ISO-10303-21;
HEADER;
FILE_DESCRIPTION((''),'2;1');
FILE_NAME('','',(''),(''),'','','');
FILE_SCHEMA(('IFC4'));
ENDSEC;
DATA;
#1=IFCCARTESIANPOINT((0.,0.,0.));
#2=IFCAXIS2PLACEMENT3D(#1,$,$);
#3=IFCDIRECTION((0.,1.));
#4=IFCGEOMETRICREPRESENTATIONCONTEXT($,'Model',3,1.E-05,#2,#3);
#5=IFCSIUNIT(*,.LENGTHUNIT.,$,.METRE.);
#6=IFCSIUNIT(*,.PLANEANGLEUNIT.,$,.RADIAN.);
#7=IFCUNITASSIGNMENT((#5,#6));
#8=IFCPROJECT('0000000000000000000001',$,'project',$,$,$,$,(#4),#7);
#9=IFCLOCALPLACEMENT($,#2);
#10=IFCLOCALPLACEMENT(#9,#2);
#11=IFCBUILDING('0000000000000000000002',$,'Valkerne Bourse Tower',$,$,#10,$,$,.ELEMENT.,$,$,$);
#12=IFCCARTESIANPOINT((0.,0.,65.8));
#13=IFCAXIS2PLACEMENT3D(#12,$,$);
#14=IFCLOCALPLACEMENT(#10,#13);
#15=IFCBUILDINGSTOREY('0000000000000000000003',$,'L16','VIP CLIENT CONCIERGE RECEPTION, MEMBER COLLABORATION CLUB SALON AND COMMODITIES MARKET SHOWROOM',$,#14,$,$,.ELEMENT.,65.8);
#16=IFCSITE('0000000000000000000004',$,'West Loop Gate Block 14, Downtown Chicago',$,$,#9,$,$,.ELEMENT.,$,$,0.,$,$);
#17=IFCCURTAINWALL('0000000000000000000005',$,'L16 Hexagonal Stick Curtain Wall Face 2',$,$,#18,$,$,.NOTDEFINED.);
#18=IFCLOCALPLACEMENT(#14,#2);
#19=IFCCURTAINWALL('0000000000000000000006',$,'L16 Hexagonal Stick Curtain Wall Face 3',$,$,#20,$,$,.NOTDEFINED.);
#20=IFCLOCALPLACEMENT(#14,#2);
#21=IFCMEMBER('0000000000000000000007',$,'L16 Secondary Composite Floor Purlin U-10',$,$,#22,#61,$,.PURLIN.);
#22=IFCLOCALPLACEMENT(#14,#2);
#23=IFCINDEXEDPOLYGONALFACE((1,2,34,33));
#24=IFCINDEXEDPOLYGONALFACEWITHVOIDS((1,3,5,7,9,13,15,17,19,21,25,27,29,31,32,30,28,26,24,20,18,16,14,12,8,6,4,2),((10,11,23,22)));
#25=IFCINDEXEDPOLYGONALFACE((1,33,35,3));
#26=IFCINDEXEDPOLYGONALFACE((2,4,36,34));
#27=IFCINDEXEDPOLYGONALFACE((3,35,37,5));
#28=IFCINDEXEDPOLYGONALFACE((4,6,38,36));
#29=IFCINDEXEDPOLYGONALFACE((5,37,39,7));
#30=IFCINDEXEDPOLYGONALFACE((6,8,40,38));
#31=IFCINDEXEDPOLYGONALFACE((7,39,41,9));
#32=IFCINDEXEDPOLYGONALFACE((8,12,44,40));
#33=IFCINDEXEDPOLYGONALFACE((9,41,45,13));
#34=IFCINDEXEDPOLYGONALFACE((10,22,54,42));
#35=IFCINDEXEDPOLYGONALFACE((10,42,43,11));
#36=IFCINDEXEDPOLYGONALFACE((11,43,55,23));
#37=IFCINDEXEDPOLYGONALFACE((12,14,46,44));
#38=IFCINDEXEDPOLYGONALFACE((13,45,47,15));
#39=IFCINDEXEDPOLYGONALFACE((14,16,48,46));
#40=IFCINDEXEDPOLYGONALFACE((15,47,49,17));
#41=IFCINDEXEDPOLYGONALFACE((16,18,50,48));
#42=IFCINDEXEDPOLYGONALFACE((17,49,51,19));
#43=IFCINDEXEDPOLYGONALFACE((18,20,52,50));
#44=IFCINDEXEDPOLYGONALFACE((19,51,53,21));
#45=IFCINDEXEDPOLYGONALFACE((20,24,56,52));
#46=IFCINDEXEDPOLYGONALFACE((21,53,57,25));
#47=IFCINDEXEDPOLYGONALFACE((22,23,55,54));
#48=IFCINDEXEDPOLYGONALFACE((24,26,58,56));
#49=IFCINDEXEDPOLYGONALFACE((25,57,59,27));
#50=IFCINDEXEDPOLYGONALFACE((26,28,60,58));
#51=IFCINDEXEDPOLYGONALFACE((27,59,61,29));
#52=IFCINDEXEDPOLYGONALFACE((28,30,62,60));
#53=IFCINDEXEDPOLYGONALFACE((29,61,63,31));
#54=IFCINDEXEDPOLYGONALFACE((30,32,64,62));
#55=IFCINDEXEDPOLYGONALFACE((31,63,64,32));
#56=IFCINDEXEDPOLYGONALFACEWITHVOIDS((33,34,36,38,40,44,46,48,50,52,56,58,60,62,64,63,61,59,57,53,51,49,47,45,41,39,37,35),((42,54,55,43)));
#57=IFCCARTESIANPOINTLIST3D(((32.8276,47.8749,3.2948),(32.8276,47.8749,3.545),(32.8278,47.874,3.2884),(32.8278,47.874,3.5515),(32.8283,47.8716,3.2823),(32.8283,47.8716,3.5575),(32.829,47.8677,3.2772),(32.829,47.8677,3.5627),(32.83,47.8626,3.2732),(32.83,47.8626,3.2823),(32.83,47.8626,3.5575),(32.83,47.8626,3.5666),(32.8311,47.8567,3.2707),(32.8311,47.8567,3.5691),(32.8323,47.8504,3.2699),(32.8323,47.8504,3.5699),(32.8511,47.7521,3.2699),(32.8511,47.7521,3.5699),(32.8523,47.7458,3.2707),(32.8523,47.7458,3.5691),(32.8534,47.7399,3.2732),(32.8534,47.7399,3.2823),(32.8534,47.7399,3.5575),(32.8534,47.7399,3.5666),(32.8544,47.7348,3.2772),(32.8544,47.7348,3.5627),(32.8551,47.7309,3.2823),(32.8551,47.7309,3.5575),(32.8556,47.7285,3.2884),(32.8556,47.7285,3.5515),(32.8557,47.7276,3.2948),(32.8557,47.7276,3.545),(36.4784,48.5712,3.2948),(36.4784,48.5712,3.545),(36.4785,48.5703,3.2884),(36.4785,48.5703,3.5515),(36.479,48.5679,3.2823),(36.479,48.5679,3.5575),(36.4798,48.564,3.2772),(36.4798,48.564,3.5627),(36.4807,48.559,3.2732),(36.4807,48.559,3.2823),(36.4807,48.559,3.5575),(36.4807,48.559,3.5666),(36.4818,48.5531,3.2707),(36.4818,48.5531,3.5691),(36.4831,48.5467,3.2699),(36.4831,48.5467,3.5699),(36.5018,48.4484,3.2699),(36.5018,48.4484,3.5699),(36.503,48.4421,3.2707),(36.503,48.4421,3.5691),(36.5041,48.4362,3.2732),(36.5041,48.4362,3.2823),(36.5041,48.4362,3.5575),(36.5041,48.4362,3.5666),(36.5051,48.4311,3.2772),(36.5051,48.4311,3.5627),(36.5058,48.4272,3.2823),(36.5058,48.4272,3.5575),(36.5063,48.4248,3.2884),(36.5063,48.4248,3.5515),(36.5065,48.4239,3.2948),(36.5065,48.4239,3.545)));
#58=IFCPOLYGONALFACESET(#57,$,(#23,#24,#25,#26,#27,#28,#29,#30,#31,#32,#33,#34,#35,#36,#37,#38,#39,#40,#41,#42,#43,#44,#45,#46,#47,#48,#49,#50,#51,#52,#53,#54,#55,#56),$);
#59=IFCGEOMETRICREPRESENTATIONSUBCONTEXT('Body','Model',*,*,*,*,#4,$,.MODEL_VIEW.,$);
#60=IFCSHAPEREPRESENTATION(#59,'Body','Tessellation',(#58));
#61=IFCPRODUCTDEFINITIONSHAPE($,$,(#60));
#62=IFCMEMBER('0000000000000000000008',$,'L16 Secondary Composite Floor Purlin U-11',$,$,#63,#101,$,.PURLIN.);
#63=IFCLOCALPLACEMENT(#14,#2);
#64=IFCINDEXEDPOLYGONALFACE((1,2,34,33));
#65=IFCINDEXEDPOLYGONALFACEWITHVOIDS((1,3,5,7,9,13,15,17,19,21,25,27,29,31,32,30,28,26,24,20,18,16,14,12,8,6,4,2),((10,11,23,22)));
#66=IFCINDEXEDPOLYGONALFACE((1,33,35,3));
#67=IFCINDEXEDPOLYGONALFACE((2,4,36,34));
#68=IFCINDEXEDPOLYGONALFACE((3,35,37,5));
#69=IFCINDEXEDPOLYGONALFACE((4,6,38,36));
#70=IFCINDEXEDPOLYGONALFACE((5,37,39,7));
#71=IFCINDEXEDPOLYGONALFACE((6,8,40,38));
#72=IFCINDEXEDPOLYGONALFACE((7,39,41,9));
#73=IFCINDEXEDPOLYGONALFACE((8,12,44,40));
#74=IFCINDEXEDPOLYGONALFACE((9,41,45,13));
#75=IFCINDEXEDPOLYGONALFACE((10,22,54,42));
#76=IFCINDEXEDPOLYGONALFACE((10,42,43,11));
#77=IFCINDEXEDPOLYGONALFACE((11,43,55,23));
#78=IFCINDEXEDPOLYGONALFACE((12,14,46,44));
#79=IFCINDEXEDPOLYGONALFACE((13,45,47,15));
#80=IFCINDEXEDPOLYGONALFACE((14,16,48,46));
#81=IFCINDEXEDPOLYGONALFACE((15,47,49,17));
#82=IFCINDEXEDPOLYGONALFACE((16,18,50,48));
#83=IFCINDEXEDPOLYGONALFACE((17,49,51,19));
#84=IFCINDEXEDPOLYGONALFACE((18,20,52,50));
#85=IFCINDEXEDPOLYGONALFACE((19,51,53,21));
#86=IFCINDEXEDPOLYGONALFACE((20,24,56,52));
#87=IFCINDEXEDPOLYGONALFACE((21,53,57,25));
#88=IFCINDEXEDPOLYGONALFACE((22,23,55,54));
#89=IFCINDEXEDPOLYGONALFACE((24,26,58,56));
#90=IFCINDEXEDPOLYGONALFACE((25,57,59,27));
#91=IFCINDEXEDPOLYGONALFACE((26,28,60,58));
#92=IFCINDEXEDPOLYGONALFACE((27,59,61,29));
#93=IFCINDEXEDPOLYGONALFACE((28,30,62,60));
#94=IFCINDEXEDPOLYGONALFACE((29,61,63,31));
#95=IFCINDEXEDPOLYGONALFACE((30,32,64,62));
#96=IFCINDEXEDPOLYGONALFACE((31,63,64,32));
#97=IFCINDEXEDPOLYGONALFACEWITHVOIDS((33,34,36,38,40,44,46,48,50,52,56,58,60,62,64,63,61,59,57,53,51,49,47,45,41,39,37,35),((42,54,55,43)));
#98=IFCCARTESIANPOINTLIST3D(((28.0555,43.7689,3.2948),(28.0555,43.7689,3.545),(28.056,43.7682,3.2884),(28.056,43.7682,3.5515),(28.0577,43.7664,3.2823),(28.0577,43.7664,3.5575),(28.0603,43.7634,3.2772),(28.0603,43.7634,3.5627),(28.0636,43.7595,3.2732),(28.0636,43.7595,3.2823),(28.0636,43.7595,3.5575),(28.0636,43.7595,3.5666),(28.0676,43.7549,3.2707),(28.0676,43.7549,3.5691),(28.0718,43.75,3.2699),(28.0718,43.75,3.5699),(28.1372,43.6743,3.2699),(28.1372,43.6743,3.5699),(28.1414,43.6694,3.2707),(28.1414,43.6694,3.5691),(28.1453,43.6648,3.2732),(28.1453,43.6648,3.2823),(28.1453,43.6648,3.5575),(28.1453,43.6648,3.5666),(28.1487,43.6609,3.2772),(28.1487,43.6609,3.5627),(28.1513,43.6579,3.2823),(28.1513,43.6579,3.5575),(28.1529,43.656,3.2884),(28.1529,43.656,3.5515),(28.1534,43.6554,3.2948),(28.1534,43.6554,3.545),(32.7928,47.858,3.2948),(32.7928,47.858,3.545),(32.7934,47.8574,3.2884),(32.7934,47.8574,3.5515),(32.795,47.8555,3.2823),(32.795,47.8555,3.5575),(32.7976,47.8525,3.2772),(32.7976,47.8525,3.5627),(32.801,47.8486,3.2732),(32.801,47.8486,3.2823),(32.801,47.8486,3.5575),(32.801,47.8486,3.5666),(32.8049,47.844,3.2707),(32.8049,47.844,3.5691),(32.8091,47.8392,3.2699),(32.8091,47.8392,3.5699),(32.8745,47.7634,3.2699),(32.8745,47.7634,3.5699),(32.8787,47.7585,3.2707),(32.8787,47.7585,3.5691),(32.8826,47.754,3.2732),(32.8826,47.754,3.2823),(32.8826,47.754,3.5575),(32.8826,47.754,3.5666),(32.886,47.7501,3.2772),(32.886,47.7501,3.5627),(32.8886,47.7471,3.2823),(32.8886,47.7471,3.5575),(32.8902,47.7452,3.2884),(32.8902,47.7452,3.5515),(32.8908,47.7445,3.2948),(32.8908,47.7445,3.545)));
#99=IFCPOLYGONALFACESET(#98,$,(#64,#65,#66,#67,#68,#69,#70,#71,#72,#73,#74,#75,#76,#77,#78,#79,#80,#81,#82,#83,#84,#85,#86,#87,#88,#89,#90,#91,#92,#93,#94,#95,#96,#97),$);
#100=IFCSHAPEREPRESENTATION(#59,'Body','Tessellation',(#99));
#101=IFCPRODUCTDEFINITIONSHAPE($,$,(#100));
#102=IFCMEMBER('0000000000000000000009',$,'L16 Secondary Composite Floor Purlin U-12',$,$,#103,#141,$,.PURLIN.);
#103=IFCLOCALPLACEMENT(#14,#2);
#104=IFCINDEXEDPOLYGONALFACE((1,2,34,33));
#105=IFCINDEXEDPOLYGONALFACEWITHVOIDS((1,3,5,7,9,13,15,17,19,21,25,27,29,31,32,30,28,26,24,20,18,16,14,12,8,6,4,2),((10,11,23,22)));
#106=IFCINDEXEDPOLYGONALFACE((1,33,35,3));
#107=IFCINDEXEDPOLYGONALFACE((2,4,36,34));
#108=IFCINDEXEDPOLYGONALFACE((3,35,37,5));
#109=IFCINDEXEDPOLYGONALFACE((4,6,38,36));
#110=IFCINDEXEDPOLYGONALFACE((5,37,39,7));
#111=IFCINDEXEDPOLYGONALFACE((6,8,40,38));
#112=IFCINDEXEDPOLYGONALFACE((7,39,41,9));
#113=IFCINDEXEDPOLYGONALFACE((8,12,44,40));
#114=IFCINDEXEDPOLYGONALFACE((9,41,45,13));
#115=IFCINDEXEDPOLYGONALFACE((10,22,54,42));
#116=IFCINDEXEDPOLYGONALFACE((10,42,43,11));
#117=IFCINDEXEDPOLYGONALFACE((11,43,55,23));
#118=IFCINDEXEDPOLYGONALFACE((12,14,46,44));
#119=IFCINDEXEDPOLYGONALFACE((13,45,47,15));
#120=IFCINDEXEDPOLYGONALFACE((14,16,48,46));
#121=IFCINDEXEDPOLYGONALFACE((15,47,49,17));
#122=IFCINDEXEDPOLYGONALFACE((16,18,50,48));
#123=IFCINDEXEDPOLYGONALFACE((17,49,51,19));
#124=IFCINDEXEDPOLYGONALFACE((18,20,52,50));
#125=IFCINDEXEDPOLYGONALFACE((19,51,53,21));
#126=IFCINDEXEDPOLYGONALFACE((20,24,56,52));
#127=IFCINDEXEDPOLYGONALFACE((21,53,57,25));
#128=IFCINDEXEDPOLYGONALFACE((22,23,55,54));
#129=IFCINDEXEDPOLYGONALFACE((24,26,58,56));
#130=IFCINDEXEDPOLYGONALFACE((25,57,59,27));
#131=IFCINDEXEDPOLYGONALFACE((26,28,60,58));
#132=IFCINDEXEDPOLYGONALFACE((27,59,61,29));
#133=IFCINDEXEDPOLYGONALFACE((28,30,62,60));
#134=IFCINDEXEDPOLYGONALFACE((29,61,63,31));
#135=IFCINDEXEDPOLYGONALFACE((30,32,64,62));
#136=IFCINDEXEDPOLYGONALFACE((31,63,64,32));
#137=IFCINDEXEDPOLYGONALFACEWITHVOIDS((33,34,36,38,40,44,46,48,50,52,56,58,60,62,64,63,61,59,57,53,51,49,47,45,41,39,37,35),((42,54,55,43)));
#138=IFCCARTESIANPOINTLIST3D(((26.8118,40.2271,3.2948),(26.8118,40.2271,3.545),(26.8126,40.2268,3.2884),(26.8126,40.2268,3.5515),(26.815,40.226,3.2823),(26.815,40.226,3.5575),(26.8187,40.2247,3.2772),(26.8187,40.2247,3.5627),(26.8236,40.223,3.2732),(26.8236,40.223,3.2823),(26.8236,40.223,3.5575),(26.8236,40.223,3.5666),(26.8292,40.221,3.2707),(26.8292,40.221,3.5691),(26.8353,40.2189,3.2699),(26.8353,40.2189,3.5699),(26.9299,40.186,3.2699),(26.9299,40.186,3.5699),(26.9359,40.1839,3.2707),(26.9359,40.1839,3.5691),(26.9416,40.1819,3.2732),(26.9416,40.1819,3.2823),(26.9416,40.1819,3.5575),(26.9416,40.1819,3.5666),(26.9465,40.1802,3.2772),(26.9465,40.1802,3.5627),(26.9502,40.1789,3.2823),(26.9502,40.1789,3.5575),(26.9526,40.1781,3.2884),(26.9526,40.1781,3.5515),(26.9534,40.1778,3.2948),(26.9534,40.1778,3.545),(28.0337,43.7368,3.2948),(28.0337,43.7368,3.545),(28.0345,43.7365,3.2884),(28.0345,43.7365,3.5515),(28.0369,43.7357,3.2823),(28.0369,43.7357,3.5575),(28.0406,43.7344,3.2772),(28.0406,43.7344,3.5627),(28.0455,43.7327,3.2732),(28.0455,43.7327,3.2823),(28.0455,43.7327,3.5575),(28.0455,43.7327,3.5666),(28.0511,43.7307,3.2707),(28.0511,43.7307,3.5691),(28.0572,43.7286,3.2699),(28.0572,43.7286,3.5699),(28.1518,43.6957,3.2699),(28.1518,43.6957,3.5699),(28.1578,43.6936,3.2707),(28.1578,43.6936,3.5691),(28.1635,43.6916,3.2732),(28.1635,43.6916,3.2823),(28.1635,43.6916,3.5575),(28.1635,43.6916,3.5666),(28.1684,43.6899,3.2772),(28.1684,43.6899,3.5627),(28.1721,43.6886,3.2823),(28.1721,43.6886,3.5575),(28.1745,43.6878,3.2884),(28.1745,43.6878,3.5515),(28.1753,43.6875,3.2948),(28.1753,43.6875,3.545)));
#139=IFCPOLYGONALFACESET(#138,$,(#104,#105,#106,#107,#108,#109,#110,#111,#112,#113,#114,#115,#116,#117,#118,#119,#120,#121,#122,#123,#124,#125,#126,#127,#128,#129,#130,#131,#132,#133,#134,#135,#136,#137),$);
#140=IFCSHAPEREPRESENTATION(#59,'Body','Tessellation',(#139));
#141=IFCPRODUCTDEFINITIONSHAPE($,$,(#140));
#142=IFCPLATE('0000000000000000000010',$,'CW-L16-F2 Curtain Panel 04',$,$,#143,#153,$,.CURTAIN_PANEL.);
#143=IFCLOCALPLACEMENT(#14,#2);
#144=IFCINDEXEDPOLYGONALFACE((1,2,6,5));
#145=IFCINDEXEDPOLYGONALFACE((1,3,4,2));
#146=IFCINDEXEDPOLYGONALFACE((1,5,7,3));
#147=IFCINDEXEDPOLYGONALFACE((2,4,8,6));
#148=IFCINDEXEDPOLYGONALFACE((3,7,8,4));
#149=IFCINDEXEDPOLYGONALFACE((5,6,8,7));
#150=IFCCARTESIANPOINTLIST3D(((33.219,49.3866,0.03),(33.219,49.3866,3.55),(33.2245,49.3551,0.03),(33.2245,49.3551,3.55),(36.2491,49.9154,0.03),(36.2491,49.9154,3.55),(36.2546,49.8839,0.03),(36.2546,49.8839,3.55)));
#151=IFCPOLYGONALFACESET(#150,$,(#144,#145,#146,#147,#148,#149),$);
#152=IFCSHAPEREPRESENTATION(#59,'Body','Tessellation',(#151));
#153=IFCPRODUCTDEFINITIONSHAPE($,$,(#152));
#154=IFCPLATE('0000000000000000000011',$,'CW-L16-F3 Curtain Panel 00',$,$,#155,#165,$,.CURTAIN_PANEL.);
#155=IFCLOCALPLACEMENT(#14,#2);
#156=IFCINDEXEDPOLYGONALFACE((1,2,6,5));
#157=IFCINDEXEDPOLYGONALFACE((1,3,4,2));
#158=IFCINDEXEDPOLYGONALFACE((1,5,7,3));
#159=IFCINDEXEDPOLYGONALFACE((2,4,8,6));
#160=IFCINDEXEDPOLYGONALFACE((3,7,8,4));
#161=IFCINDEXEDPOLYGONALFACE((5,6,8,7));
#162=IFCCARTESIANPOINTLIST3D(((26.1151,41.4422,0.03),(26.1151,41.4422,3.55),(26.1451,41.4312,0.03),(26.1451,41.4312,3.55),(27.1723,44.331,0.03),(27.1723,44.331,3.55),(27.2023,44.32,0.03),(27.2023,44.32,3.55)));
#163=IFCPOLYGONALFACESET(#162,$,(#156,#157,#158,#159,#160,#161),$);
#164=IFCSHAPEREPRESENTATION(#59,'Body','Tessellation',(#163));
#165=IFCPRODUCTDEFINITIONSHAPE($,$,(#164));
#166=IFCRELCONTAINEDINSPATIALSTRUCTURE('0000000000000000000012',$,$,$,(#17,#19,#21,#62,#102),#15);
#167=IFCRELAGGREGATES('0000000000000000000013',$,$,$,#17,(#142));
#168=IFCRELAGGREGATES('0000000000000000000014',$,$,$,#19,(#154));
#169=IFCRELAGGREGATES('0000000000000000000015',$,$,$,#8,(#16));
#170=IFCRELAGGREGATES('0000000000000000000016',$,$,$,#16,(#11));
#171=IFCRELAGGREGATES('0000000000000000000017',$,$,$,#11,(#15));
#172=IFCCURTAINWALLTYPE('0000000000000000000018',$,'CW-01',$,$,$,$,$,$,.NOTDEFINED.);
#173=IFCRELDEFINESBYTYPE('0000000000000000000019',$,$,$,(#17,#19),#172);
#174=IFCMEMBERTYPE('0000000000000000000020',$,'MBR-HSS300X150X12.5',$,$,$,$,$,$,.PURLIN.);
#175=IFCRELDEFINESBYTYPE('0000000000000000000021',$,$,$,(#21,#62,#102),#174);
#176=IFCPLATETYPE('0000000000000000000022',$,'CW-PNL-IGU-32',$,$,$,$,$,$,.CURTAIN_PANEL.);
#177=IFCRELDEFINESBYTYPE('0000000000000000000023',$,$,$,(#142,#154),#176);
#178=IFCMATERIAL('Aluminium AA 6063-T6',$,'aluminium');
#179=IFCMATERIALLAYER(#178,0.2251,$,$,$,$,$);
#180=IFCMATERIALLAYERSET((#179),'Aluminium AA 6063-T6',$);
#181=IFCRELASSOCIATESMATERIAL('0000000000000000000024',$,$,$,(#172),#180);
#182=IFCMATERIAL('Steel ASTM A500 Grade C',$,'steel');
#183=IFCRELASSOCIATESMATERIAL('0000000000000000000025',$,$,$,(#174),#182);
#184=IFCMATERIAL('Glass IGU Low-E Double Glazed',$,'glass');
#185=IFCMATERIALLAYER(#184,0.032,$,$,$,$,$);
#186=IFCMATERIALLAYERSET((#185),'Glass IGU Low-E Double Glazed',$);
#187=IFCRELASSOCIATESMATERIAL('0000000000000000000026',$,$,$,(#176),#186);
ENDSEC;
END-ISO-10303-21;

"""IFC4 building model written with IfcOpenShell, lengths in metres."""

from ifc_helpers import new_model, si_unit, direction, frame, origin, origin_2d, place, context, subcontext, project, spatial, rectangle, hollow_rectangle, extrude, material, layer, layer_set, material_profile, profile_set, type_object, element, aggregate, save


model = new_model("IFC4")

# Units and contexts
model_context = context("Model", 3, precision=1e-05, world=origin(), true_north=direction((0.0, 1.0)))
body_context = subcontext(model_context, "Body", "Model", "MODEL_VIEW")
ifc_project = project(units=[si_unit("LENGTHUNIT", "METRE"), si_unit("PLANEANGLEUNIT", "RADIAN")], contexts=[model_context])

# Site, building, storey
site_placement = place(None, origin())
site = spatial("IfcSite", under=ifc_project, at=site_placement, Name="West Loop Gate Block 14, Downtown Chicago", CompositionType="ELEMENT", RefElevation=0.0)
building_placement = place(site_placement, origin())
building = spatial("IfcBuilding", under=site, at=building_placement, Name="Valkerne Bourse Tower", CompositionType="ELEMENT")
storey_placement = place(building_placement, frame((0.0, 0.0, 65.8)))
storey = spatial("IfcBuildingStorey", under=building, at=storey_placement, Name="L16", Description="VIP CLIENT CONCIERGE RECEPTION, MEMBER COLLABORATION CLUB SALON AND COMMODITIES MARKET SHOWROOM", CompositionType="ELEMENT", Elevation=65.8)

# Curtain walls
ifc_material_1 = material(Name="Aluminium AA 6063-T6", Category="aluminium")
ifc_layer_1 = layer(ifc_material_1, 0.2251)
ifc_layer_set_1 = layer_set([ifc_layer_1], Name="Aluminium AA 6063-T6")
curtain_wall_type = type_object("IfcCurtainWallType", Name="CW-01", PredefinedType="NOTDEFINED", material=ifc_layer_set_1)
curtain_wall_1_placement = place(storey_placement, origin())
curtain_wall_1 = element("IfcCurtainWall", 1, at=curtain_wall_1_placement, inside=storey, type_object=curtain_wall_type, Name="L16 Hexagonal Stick Curtain Wall Face 2", PredefinedType="NOTDEFINED")
curtain_wall_2_placement = place(storey_placement, origin())
curtain_wall_2 = element("IfcCurtainWall", 2, at=curtain_wall_2_placement, inside=storey, type_object=curtain_wall_type, Name="L16 Hexagonal Stick Curtain Wall Face 3", PredefinedType="NOTDEFINED")

# Members
ifc_material_2 = material(Name="Steel ASTM A500 Grade C", Category="steel")
ifc_material_profile_1 = material_profile(ifc_material_2, hollow_rectangle(XDim=0.1499, YDim=0.3, WallThickness=0.0125, OuterFilletRadius=0.0249, at=origin_2d()), Name="HSS300X150X12.5")
ifc_profile_set_1 = profile_set([ifc_material_profile_1], Name="Steel ASTM A500 Grade C")
member_type_1 = type_object("IfcMemberType", Name="MBR-HSS300X150X12.5", PredefinedType="PURLIN", material=ifc_profile_set_1)
member_1_placement = place(storey_placement, frame((36.4924, 48.4976, 3.4199), z_axis=(-0.982293, -0.187354, 0.0), x_axis=(0.187354, -0.982293, 0.0)))
element("IfcMember", 3, at=member_1_placement, inside=storey, type_object=member_type_1, Name="L16 Secondary Composite Floor Purlin U-10", PredefinedType="PURLIN", context=body_context, shape_type="SweptSolid", body=[
    extrude(hollow_rectangle(XDim=0.1499, YDim=0.3, WallThickness=0.0125, OuterFilletRadius=0.0249, at=origin_2d()), origin(), (0.0, 0.0, 1.0), 3.7166),
])
member_2_placement = place(storey_placement, frame((32.8418, 47.8013, 3.4199), z_axis=(-0.756997, -0.653419, 0.0), x_axis=(0.653419, -0.756997, 0.0)))
element("IfcMember", 4, at=member_2_placement, inside=storey, type_object=member_type_1, Name="L16 Secondary Composite Floor Purlin U-11", PredefinedType="PURLIN", context=body_context, shape_type="SweptSolid", body=[
    extrude(hollow_rectangle(XDim=0.1499, YDim=0.3, WallThickness=0.0125, OuterFilletRadius=0.0249, at=origin_2d()), origin(), (0.0, 0.0, 1.0), 6.2581),
])
member_3_placement = place(storey_placement, frame((28.1045, 43.7122, 3.4199), z_axis=(-0.328793, -0.944402, 0.0), x_axis=(0.944402, -0.328793, 0.0)))
element("IfcMember", 5, at=member_3_placement, inside=storey, type_object=member_type_1, Name="L16 Secondary Composite Floor Purlin U-12", PredefinedType="PURLIN", context=body_context, shape_type="SweptSolid", body=[
    extrude(hollow_rectangle(XDim=0.1499, YDim=0.3, WallThickness=0.0125, OuterFilletRadius=0.0249, at=origin_2d()), origin(), (0.0, 0.0, 1.0), 3.7163),
])

# Plates
ifc_material_3 = material(Name="Glass IGU Low-E Double Glazed", Category="glass")
ifc_layer_2 = layer(ifc_material_3, 0.032)
ifc_layer_set_2 = layer_set([ifc_layer_2], Name="Glass IGU Low-E Double Glazed")
plate_type = type_object("IfcPlateType", Name="CW-PNL-IGU-32", PredefinedType="CURTAIN_PANEL", material=ifc_layer_set_2)
plate_1_placement = place(storey_placement, frame((34.7368, 49.6353, 0.03), z_axis=(0.0, 0.0, 1.0), x_axis=(-0.985111, -0.171922, 0.0)))
plate_1 = element("IfcPlate", 6, at=plate_1_placement, type_object=plate_type, Name="CW-L16-F2 Curtain Panel 04", PredefinedType="CURTAIN_PANEL", context=body_context, shape_type="SweptSolid", body=[
    extrude(rectangle(XDim=3.0759, YDim=0.032, at=origin_2d()), origin(), (0.0, 0.0, 1.0), 3.52),
])
aggregate(curtain_wall_1, [plate_1])
plate_2_placement = place(storey_placement, frame((26.6587, 42.8811, 0.03), z_axis=(0.0, 0.0, 1.0), x_axis=(-0.343661, -0.939094, 0.0)))
plate_2 = element("IfcPlate", 7, at=plate_2_placement, type_object=plate_type, Name="CW-L16-F3 Curtain Panel 00", PredefinedType="CURTAIN_PANEL", context=body_context, shape_type="SweptSolid", body=[
    extrude(rectangle(XDim=3.0762, YDim=0.032, at=origin_2d()), origin(), (0.0, 0.0, 1.0), 3.52),
])
aggregate(curtain_wall_2, [plate_2])

save(model, "model.ifc")
